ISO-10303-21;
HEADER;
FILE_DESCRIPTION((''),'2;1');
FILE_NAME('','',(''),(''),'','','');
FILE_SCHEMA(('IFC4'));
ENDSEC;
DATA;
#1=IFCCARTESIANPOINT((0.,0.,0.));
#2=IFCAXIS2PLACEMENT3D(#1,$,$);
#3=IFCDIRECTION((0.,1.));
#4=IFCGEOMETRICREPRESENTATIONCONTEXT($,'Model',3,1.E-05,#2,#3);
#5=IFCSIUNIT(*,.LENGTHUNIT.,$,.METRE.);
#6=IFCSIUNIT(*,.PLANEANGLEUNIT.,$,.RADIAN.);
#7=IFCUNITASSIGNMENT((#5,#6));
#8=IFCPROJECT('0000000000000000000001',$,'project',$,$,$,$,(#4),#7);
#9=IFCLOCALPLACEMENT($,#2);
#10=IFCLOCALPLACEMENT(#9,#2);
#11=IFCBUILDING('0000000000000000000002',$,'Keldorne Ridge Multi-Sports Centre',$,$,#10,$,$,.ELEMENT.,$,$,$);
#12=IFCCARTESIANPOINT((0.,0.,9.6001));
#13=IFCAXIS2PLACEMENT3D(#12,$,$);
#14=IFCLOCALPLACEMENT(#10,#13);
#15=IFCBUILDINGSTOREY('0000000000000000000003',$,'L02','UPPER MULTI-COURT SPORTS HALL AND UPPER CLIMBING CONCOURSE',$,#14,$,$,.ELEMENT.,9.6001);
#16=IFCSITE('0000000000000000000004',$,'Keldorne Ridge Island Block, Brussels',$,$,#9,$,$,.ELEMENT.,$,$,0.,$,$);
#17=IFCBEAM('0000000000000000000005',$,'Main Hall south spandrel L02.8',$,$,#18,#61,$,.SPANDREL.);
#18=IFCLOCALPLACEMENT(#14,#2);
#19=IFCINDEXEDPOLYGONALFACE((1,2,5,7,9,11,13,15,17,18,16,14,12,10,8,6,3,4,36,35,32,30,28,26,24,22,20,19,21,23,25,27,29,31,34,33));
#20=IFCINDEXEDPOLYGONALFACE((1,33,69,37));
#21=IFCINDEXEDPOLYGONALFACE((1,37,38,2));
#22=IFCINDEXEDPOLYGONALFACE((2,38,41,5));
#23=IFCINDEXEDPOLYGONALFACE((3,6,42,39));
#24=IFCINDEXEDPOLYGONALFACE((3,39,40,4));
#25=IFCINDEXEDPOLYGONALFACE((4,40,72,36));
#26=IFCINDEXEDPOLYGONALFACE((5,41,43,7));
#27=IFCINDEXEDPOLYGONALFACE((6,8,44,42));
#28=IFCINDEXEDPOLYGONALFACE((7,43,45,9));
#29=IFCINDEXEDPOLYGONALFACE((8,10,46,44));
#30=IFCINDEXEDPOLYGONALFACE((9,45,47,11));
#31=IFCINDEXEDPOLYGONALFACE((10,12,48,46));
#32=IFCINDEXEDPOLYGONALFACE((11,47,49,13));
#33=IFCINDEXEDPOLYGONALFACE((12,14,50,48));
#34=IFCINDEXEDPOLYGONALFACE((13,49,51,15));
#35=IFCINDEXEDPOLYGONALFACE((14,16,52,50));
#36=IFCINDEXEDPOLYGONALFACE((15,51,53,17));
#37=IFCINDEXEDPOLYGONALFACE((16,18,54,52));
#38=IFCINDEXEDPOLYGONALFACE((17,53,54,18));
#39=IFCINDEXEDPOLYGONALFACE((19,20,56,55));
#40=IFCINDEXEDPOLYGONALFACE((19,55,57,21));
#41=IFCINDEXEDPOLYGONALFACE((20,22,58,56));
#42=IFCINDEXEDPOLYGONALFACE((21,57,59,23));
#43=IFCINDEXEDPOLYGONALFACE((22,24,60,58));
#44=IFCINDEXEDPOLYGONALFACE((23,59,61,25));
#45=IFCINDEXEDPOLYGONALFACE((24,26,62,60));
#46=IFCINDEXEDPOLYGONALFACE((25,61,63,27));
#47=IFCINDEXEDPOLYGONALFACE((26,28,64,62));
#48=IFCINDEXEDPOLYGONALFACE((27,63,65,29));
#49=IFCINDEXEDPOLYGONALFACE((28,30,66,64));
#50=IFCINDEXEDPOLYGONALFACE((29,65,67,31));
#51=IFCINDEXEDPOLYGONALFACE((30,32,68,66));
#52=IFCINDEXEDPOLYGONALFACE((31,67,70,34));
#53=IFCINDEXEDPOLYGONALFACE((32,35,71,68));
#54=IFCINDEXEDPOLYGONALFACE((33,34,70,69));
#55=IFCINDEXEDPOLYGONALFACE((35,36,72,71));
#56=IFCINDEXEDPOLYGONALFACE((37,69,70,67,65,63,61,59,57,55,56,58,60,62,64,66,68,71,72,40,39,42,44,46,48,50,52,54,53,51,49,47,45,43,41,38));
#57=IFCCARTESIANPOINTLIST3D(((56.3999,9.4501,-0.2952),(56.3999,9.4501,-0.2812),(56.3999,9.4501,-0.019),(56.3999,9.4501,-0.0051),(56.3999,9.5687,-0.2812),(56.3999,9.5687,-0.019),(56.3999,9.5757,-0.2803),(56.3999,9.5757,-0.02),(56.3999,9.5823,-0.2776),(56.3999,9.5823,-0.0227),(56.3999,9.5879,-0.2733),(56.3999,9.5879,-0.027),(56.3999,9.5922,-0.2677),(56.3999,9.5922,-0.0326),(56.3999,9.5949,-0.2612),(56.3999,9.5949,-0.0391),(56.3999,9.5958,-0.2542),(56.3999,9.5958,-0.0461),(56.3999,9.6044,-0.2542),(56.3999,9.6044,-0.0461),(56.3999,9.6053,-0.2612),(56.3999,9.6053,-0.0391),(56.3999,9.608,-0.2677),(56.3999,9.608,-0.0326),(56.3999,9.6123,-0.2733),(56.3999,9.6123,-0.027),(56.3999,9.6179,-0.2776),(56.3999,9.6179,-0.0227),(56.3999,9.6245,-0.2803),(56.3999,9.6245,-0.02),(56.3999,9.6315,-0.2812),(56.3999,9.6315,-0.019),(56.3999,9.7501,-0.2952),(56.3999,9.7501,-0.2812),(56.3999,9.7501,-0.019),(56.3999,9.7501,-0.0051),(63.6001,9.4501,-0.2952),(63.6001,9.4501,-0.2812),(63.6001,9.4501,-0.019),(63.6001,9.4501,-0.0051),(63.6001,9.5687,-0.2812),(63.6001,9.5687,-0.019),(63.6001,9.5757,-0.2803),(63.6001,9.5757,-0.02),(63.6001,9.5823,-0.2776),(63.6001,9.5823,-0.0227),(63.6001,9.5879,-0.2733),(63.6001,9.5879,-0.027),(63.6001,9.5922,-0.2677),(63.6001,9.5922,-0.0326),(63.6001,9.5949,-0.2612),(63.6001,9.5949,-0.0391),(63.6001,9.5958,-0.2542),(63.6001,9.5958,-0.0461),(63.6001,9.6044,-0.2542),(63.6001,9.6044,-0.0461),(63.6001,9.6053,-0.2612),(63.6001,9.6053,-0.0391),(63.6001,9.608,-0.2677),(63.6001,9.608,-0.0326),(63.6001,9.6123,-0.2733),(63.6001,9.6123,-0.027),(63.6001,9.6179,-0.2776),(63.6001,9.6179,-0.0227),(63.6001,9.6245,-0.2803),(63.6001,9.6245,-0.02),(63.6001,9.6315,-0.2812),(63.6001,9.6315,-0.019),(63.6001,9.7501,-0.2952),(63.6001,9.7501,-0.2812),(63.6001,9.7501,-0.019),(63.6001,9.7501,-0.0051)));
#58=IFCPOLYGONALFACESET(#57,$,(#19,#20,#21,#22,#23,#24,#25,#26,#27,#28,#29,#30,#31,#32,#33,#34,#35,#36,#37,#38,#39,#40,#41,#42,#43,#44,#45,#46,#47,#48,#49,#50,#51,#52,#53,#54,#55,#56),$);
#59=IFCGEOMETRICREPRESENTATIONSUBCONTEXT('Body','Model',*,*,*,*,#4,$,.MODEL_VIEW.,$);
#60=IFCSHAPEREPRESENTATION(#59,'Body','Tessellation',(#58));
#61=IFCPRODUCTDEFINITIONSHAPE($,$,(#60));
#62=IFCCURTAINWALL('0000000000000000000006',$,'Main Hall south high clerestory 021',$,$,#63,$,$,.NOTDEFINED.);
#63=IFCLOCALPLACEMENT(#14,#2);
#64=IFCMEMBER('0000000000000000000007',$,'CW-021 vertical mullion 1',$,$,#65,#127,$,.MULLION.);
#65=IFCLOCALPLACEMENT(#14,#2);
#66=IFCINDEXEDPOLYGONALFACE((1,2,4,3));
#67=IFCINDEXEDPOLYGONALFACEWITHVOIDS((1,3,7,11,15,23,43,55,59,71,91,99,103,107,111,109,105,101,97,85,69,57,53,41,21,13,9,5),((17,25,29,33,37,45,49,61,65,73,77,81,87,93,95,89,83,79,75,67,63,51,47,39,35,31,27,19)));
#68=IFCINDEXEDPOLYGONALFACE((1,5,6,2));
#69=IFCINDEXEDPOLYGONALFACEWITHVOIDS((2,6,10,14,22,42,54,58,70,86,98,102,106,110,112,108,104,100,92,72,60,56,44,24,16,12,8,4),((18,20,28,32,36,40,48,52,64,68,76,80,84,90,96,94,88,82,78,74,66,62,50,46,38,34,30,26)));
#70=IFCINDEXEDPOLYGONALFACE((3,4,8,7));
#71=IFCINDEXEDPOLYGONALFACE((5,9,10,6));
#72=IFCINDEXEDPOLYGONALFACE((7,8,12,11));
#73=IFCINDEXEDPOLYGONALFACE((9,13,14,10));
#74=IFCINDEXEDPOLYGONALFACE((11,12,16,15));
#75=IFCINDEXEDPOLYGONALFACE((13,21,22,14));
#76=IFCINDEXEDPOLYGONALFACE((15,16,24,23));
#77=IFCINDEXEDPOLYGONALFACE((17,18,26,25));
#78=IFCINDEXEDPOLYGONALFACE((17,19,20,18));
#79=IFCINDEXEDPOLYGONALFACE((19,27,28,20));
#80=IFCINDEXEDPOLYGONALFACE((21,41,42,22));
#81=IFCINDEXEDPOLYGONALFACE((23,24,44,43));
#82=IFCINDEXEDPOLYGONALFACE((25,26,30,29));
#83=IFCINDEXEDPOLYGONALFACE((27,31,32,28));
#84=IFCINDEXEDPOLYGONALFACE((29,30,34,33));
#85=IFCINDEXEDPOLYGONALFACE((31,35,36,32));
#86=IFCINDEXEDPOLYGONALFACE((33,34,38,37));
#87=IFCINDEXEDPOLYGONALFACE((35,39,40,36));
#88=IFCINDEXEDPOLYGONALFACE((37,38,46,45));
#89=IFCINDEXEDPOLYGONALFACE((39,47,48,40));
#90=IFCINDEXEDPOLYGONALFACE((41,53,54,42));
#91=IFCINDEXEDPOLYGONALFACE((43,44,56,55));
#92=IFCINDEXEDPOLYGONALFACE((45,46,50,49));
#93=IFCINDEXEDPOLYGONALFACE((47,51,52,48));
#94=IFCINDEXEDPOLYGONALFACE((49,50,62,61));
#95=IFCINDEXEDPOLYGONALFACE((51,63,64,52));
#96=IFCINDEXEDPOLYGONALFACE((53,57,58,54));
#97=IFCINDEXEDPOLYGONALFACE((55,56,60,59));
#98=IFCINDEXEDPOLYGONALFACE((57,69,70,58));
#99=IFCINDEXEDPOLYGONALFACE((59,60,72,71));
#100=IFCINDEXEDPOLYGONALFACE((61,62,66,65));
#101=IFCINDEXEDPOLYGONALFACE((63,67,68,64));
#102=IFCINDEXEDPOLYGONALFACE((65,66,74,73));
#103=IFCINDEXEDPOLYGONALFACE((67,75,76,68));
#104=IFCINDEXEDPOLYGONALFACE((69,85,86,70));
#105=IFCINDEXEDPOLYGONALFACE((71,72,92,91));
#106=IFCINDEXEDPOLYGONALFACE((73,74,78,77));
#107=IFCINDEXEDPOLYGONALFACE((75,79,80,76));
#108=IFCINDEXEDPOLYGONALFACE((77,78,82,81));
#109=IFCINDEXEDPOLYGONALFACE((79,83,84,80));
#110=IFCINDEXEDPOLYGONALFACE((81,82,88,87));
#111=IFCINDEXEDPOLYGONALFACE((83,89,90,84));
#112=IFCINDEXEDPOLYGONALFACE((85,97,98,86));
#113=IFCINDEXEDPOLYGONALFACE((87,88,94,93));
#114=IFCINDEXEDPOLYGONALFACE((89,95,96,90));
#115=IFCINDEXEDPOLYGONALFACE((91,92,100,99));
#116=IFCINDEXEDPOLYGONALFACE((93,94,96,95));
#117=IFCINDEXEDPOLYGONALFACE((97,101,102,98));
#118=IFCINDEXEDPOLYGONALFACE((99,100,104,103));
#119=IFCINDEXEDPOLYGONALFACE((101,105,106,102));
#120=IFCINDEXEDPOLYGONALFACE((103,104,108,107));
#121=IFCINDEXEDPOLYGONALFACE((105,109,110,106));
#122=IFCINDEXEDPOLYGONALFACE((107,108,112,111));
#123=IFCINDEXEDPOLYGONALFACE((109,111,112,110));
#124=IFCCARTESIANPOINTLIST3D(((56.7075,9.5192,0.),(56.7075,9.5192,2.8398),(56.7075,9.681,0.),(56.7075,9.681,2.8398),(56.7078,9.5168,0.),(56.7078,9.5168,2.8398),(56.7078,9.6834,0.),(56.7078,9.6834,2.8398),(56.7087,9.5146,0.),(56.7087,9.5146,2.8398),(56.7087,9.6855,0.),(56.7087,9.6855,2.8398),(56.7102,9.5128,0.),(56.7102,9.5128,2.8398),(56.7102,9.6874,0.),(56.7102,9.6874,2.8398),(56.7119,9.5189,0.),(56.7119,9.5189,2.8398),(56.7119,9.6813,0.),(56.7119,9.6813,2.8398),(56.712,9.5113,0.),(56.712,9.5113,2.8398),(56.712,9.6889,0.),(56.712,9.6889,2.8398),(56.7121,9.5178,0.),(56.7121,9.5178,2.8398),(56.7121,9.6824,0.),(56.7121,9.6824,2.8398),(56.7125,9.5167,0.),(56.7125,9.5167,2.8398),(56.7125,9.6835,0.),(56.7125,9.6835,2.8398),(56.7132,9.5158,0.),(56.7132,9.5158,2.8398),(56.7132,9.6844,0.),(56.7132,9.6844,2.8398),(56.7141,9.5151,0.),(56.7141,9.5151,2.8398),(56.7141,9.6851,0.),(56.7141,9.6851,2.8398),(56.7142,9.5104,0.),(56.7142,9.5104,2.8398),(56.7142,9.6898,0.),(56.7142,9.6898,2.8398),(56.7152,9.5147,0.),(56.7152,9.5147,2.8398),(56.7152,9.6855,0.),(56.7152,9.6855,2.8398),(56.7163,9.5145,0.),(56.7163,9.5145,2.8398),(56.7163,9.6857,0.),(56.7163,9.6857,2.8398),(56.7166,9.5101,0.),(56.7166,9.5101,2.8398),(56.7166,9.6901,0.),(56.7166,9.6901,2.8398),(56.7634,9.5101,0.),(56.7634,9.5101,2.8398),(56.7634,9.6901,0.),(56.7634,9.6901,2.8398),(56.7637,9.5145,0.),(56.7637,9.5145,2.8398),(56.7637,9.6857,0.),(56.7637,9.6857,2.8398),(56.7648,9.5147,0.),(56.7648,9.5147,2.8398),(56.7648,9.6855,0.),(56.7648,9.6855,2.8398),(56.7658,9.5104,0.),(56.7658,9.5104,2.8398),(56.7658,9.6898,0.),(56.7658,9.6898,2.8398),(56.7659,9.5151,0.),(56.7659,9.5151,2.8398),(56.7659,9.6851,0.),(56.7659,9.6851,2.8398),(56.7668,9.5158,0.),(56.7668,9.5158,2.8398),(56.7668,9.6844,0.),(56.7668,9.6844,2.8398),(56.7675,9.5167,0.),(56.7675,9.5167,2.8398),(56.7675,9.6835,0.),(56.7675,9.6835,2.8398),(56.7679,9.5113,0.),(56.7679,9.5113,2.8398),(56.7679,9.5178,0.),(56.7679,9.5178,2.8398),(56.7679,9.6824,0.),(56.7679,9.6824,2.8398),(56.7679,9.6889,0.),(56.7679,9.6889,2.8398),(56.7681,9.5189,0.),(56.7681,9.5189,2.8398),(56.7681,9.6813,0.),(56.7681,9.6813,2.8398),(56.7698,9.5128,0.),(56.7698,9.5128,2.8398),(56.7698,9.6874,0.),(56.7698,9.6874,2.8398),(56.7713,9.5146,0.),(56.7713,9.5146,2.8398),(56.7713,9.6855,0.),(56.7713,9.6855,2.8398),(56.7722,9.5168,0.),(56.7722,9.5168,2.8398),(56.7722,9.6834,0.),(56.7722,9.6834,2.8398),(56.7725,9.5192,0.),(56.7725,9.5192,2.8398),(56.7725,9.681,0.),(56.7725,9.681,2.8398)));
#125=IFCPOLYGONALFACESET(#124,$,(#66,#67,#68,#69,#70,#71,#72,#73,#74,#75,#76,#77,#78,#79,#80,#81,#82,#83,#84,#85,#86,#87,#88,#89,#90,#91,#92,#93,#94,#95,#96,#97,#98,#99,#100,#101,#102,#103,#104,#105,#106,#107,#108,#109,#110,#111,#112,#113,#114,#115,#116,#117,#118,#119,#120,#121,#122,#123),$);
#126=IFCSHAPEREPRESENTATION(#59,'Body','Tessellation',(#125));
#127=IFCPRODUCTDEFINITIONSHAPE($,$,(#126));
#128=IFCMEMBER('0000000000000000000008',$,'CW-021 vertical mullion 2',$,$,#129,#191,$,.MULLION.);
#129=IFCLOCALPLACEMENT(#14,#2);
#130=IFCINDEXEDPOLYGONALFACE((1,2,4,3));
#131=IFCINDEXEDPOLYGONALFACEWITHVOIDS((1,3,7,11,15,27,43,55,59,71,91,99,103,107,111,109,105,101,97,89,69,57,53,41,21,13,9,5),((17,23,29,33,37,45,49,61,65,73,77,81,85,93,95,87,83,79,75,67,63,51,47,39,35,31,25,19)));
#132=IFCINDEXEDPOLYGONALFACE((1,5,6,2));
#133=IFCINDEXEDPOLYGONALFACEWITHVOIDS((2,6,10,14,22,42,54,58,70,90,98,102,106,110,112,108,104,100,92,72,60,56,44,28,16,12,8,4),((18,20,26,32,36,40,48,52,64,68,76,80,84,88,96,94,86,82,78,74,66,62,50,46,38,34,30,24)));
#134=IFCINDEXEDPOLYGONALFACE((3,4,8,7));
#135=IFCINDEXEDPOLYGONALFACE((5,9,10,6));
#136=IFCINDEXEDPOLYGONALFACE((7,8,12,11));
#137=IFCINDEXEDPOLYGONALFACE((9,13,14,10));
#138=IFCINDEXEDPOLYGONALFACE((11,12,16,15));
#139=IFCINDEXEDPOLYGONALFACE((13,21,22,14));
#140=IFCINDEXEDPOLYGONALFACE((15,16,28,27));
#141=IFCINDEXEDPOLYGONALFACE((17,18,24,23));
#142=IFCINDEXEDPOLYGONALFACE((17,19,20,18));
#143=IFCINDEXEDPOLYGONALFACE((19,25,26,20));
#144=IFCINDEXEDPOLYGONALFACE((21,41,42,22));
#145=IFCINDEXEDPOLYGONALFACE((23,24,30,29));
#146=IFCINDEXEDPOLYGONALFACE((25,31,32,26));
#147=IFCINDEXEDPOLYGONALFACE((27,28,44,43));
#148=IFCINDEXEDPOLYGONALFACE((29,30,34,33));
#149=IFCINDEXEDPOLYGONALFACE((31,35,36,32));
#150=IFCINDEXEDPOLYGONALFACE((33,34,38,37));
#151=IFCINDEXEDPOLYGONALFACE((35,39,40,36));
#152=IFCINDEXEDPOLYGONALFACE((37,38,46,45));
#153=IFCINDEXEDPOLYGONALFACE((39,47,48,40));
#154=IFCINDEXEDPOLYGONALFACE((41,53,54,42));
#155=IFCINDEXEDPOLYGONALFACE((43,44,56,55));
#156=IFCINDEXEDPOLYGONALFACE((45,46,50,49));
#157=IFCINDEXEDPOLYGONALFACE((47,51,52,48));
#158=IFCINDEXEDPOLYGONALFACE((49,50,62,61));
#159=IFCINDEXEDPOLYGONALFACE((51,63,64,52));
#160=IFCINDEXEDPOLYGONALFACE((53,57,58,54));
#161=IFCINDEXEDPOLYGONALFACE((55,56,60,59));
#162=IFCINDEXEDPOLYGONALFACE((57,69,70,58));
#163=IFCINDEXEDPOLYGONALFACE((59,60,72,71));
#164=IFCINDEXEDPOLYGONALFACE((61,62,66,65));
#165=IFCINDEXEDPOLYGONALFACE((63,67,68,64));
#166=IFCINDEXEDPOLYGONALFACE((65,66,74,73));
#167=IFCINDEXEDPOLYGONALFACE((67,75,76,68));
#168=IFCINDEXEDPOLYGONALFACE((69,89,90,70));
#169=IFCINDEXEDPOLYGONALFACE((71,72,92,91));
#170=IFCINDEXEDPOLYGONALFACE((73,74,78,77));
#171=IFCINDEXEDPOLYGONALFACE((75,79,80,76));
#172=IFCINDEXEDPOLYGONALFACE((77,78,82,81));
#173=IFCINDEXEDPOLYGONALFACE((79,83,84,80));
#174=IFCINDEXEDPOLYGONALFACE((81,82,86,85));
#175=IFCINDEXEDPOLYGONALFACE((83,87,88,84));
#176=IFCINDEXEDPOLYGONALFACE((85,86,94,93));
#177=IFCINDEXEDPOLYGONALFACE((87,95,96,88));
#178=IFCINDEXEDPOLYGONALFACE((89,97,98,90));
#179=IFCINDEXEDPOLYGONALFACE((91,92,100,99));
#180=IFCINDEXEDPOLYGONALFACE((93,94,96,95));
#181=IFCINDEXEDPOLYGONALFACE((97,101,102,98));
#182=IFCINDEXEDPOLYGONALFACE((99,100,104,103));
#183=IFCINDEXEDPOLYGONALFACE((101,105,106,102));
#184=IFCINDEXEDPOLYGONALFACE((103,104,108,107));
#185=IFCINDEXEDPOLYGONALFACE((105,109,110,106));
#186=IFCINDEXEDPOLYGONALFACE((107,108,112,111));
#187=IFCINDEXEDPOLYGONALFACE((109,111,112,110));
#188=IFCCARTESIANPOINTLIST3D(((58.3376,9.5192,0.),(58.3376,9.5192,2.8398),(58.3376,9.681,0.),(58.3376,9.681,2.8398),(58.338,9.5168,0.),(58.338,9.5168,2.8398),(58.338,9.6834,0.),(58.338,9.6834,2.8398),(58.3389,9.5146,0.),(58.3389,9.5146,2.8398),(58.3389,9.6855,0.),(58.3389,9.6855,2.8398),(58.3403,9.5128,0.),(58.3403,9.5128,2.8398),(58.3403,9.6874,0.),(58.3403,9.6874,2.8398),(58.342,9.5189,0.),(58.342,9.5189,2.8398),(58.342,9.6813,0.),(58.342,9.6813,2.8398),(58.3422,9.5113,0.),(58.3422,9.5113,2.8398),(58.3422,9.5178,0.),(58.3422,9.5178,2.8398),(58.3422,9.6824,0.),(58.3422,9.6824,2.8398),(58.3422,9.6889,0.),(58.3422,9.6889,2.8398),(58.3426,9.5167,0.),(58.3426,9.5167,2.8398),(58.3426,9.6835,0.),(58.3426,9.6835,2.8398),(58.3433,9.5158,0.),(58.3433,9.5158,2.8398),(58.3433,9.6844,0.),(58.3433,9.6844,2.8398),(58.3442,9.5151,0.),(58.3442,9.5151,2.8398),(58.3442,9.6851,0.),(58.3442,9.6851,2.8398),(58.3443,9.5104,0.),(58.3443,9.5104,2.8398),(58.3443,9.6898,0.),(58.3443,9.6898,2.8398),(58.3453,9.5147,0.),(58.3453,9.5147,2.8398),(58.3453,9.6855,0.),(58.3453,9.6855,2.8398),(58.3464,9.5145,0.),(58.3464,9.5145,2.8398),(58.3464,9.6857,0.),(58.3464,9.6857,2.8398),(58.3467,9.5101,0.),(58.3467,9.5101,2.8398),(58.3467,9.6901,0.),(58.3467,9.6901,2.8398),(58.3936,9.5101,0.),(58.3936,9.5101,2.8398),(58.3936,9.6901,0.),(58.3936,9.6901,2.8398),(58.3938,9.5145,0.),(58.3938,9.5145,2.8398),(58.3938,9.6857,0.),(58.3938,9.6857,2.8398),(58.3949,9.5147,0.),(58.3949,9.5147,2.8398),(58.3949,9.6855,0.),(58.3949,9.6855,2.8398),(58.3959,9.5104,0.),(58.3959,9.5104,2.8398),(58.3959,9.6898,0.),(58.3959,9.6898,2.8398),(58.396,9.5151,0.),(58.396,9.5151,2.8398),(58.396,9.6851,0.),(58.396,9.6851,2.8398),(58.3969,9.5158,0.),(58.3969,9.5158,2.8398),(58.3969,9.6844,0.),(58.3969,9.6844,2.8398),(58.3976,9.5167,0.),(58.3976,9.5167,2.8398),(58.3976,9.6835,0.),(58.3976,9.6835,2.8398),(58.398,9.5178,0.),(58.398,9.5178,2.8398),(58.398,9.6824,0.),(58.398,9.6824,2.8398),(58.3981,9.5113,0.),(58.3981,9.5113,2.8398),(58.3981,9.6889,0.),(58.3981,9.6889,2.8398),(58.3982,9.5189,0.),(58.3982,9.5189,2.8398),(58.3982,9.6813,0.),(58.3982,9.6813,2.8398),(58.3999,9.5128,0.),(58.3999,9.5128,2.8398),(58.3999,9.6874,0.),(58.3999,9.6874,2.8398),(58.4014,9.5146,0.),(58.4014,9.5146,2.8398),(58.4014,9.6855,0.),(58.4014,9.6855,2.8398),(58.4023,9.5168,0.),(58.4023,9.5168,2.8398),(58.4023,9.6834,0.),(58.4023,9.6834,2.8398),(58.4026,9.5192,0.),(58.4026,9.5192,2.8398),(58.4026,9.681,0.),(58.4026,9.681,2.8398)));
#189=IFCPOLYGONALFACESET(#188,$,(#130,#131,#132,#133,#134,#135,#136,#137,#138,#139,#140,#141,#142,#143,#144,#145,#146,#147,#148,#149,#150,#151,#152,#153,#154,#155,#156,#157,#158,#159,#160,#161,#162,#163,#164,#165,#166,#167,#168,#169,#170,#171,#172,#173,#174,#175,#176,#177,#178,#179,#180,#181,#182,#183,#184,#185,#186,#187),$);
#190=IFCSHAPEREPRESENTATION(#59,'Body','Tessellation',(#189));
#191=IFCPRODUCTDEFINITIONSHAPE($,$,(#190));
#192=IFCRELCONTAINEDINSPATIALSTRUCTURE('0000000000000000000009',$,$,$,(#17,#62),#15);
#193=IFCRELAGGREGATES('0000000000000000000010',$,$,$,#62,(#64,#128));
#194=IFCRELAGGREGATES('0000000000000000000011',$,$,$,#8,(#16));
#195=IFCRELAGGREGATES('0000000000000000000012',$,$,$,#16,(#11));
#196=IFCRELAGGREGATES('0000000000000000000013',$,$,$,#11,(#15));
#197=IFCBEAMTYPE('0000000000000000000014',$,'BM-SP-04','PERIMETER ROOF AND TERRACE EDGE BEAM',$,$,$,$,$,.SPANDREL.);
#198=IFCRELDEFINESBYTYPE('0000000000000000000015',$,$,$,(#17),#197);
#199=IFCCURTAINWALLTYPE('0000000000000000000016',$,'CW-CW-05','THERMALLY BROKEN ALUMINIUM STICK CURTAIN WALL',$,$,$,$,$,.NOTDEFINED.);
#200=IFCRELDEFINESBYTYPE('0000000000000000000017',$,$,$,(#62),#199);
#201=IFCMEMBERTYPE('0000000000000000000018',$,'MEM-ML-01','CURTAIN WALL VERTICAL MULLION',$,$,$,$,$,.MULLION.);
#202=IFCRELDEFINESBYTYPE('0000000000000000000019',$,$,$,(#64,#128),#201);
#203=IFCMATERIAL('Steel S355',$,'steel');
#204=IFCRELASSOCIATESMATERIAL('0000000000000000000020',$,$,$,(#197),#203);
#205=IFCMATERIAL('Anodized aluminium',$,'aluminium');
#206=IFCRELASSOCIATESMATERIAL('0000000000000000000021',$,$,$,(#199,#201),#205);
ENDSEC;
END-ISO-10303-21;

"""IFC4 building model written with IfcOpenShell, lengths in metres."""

from ifc_helpers import new_model, si_unit, direction, frame, origin, origin_2d, place, context, subcontext, project, spatial, hollow_rectangle, i_section, extrude, material, material_profile, profile_set, type_object, element, aggregate, save


model = new_model("IFC4")

# Units and contexts
model_context = context("Model", 3, precision=1e-05, world=origin(), true_north=direction((0.0, 1.0)))
body_context = subcontext(model_context, "Body", "Model", "MODEL_VIEW")
ifc_project = project(units=[si_unit("LENGTHUNIT", "METRE"), si_unit("PLANEANGLEUNIT", "RADIAN")], contexts=[model_context])

# Site, building, storey
site_placement = place(None, origin())
site = spatial("IfcSite", under=ifc_project, at=site_placement, Name="Keldorne Ridge Island Block, Brussels", CompositionType="ELEMENT", RefElevation=0.0)
building_placement = place(site_placement, origin())
building = spatial("IfcBuilding", under=site, at=building_placement, Name="Keldorne Ridge Multi-Sports Centre", CompositionType="ELEMENT")
storey_placement = place(building_placement, frame((0.0, 0.0, 9.6001)))
storey = spatial("IfcBuildingStorey", under=building, at=storey_placement, Name="L02", Description="UPPER MULTI-COURT SPORTS HALL AND UPPER CLIMBING CONCOURSE", CompositionType="ELEMENT", Elevation=9.6001)

# Beam
ifc_material_1 = material(Name="Steel S355", Category="steel")
ifc_material_profile_1 = material_profile(ifc_material_1, i_section(OverallWidth=0.3, OverallDepth=0.29, WebThickness=0.0085, FlangeThickness=0.0139, FilletRadius=0.0271, at=origin_2d()), Name="HEA 300")
ifc_profile_set_1 = profile_set([ifc_material_profile_1], Name="Steel S355")
beam_type = type_object("IfcBeamType", Name="BM-SP-04", Description="PERIMETER ROOF AND TERRACE EDGE BEAM", PredefinedType="SPANDREL", material=ifc_profile_set_1)
beam_placement = place(storey_placement, frame((56.3999, 9.6001, -0.1501), z_axis=(1.0, 0.0, 0.0), x_axis=(0.0, 1.0, 0.0)))
element("IfcBeam", 1, at=beam_placement, inside=storey, type_object=beam_type, Name="Main Hall south spandrel L02.8", PredefinedType="SPANDREL", context=body_context, shape_type="SweptSolid", body=[
    extrude(i_section(OverallWidth=0.3, OverallDepth=0.29, WebThickness=0.0085, FlangeThickness=0.0139, FilletRadius=0.0271, at=origin_2d()), origin(), (0.0, 0.0, 1.0), 7.2002),
])

# Curtain wall, members
ifc_material_2 = material(Name="Anodized aluminium", Category="aluminium")
curtain_wall_type = type_object("IfcCurtainWallType", Name="CW-CW-05", Description="THERMALLY BROKEN ALUMINIUM STICK CURTAIN WALL", PredefinedType="NOTDEFINED", material=ifc_material_2)
curtain_wall_placement = place(storey_placement, origin())
curtain_wall = element("IfcCurtainWall", 2, at=curtain_wall_placement, inside=storey, type_object=curtain_wall_type, Name="Main Hall south high clerestory 021", PredefinedType="NOTDEFINED")
ifc_material_profile_2 = material_profile(ifc_material_2, hollow_rectangle(XDim=0.0649, YDim=0.1799, WallThickness=0.0044, InnerFilletRadius=0.0044, OuterFilletRadius=0.009, at=origin_2d()), Name="ALU MULLION 180x65x4.5")
ifc_profile_set_2 = profile_set([ifc_material_profile_2], Name="Anodized aluminium")
member_type_1 = type_object("IfcMemberType", Name="MEM-ML-01", Description="CURTAIN WALL VERTICAL MULLION", PredefinedType="MULLION", material=ifc_profile_set_2)
member_1_placement = place(storey_placement, frame((56.74, 9.6001, 0.0), z_axis=(0.0, 0.0, 1.0), x_axis=(1.0, 0.0, 0.0)))
member_1 = element("IfcMember", 3, at=member_1_placement, type_object=member_type_1, Name="CW-021 vertical mullion 1", PredefinedType="MULLION", context=body_context, shape_type="SweptSolid", body=[
    extrude(hollow_rectangle(XDim=0.0649, YDim=0.1799, WallThickness=0.0044, InnerFilletRadius=0.0044, OuterFilletRadius=0.009, at=origin_2d()), origin(), (0.0, 0.0, 1.0), 2.8398),
])
member_2_placement = place(storey_placement, frame((58.3701, 9.6001, 0.0), z_axis=(0.0, 0.0, 1.0), x_axis=(1.0, 0.0, 0.0)))
member_2 = element("IfcMember", 4, at=member_2_placement, type_object=member_type_1, Name="CW-021 vertical mullion 2", PredefinedType="MULLION", context=body_context, shape_type="SweptSolid", body=[
    extrude(hollow_rectangle(XDim=0.0649, YDim=0.1799, WallThickness=0.0044, InnerFilletRadius=0.0044, OuterFilletRadius=0.009, at=origin_2d()), origin(), (0.0, 0.0, 1.0), 2.8398),
])
aggregate(curtain_wall, [member_1, member_2])

save(model, "model.ifc")
